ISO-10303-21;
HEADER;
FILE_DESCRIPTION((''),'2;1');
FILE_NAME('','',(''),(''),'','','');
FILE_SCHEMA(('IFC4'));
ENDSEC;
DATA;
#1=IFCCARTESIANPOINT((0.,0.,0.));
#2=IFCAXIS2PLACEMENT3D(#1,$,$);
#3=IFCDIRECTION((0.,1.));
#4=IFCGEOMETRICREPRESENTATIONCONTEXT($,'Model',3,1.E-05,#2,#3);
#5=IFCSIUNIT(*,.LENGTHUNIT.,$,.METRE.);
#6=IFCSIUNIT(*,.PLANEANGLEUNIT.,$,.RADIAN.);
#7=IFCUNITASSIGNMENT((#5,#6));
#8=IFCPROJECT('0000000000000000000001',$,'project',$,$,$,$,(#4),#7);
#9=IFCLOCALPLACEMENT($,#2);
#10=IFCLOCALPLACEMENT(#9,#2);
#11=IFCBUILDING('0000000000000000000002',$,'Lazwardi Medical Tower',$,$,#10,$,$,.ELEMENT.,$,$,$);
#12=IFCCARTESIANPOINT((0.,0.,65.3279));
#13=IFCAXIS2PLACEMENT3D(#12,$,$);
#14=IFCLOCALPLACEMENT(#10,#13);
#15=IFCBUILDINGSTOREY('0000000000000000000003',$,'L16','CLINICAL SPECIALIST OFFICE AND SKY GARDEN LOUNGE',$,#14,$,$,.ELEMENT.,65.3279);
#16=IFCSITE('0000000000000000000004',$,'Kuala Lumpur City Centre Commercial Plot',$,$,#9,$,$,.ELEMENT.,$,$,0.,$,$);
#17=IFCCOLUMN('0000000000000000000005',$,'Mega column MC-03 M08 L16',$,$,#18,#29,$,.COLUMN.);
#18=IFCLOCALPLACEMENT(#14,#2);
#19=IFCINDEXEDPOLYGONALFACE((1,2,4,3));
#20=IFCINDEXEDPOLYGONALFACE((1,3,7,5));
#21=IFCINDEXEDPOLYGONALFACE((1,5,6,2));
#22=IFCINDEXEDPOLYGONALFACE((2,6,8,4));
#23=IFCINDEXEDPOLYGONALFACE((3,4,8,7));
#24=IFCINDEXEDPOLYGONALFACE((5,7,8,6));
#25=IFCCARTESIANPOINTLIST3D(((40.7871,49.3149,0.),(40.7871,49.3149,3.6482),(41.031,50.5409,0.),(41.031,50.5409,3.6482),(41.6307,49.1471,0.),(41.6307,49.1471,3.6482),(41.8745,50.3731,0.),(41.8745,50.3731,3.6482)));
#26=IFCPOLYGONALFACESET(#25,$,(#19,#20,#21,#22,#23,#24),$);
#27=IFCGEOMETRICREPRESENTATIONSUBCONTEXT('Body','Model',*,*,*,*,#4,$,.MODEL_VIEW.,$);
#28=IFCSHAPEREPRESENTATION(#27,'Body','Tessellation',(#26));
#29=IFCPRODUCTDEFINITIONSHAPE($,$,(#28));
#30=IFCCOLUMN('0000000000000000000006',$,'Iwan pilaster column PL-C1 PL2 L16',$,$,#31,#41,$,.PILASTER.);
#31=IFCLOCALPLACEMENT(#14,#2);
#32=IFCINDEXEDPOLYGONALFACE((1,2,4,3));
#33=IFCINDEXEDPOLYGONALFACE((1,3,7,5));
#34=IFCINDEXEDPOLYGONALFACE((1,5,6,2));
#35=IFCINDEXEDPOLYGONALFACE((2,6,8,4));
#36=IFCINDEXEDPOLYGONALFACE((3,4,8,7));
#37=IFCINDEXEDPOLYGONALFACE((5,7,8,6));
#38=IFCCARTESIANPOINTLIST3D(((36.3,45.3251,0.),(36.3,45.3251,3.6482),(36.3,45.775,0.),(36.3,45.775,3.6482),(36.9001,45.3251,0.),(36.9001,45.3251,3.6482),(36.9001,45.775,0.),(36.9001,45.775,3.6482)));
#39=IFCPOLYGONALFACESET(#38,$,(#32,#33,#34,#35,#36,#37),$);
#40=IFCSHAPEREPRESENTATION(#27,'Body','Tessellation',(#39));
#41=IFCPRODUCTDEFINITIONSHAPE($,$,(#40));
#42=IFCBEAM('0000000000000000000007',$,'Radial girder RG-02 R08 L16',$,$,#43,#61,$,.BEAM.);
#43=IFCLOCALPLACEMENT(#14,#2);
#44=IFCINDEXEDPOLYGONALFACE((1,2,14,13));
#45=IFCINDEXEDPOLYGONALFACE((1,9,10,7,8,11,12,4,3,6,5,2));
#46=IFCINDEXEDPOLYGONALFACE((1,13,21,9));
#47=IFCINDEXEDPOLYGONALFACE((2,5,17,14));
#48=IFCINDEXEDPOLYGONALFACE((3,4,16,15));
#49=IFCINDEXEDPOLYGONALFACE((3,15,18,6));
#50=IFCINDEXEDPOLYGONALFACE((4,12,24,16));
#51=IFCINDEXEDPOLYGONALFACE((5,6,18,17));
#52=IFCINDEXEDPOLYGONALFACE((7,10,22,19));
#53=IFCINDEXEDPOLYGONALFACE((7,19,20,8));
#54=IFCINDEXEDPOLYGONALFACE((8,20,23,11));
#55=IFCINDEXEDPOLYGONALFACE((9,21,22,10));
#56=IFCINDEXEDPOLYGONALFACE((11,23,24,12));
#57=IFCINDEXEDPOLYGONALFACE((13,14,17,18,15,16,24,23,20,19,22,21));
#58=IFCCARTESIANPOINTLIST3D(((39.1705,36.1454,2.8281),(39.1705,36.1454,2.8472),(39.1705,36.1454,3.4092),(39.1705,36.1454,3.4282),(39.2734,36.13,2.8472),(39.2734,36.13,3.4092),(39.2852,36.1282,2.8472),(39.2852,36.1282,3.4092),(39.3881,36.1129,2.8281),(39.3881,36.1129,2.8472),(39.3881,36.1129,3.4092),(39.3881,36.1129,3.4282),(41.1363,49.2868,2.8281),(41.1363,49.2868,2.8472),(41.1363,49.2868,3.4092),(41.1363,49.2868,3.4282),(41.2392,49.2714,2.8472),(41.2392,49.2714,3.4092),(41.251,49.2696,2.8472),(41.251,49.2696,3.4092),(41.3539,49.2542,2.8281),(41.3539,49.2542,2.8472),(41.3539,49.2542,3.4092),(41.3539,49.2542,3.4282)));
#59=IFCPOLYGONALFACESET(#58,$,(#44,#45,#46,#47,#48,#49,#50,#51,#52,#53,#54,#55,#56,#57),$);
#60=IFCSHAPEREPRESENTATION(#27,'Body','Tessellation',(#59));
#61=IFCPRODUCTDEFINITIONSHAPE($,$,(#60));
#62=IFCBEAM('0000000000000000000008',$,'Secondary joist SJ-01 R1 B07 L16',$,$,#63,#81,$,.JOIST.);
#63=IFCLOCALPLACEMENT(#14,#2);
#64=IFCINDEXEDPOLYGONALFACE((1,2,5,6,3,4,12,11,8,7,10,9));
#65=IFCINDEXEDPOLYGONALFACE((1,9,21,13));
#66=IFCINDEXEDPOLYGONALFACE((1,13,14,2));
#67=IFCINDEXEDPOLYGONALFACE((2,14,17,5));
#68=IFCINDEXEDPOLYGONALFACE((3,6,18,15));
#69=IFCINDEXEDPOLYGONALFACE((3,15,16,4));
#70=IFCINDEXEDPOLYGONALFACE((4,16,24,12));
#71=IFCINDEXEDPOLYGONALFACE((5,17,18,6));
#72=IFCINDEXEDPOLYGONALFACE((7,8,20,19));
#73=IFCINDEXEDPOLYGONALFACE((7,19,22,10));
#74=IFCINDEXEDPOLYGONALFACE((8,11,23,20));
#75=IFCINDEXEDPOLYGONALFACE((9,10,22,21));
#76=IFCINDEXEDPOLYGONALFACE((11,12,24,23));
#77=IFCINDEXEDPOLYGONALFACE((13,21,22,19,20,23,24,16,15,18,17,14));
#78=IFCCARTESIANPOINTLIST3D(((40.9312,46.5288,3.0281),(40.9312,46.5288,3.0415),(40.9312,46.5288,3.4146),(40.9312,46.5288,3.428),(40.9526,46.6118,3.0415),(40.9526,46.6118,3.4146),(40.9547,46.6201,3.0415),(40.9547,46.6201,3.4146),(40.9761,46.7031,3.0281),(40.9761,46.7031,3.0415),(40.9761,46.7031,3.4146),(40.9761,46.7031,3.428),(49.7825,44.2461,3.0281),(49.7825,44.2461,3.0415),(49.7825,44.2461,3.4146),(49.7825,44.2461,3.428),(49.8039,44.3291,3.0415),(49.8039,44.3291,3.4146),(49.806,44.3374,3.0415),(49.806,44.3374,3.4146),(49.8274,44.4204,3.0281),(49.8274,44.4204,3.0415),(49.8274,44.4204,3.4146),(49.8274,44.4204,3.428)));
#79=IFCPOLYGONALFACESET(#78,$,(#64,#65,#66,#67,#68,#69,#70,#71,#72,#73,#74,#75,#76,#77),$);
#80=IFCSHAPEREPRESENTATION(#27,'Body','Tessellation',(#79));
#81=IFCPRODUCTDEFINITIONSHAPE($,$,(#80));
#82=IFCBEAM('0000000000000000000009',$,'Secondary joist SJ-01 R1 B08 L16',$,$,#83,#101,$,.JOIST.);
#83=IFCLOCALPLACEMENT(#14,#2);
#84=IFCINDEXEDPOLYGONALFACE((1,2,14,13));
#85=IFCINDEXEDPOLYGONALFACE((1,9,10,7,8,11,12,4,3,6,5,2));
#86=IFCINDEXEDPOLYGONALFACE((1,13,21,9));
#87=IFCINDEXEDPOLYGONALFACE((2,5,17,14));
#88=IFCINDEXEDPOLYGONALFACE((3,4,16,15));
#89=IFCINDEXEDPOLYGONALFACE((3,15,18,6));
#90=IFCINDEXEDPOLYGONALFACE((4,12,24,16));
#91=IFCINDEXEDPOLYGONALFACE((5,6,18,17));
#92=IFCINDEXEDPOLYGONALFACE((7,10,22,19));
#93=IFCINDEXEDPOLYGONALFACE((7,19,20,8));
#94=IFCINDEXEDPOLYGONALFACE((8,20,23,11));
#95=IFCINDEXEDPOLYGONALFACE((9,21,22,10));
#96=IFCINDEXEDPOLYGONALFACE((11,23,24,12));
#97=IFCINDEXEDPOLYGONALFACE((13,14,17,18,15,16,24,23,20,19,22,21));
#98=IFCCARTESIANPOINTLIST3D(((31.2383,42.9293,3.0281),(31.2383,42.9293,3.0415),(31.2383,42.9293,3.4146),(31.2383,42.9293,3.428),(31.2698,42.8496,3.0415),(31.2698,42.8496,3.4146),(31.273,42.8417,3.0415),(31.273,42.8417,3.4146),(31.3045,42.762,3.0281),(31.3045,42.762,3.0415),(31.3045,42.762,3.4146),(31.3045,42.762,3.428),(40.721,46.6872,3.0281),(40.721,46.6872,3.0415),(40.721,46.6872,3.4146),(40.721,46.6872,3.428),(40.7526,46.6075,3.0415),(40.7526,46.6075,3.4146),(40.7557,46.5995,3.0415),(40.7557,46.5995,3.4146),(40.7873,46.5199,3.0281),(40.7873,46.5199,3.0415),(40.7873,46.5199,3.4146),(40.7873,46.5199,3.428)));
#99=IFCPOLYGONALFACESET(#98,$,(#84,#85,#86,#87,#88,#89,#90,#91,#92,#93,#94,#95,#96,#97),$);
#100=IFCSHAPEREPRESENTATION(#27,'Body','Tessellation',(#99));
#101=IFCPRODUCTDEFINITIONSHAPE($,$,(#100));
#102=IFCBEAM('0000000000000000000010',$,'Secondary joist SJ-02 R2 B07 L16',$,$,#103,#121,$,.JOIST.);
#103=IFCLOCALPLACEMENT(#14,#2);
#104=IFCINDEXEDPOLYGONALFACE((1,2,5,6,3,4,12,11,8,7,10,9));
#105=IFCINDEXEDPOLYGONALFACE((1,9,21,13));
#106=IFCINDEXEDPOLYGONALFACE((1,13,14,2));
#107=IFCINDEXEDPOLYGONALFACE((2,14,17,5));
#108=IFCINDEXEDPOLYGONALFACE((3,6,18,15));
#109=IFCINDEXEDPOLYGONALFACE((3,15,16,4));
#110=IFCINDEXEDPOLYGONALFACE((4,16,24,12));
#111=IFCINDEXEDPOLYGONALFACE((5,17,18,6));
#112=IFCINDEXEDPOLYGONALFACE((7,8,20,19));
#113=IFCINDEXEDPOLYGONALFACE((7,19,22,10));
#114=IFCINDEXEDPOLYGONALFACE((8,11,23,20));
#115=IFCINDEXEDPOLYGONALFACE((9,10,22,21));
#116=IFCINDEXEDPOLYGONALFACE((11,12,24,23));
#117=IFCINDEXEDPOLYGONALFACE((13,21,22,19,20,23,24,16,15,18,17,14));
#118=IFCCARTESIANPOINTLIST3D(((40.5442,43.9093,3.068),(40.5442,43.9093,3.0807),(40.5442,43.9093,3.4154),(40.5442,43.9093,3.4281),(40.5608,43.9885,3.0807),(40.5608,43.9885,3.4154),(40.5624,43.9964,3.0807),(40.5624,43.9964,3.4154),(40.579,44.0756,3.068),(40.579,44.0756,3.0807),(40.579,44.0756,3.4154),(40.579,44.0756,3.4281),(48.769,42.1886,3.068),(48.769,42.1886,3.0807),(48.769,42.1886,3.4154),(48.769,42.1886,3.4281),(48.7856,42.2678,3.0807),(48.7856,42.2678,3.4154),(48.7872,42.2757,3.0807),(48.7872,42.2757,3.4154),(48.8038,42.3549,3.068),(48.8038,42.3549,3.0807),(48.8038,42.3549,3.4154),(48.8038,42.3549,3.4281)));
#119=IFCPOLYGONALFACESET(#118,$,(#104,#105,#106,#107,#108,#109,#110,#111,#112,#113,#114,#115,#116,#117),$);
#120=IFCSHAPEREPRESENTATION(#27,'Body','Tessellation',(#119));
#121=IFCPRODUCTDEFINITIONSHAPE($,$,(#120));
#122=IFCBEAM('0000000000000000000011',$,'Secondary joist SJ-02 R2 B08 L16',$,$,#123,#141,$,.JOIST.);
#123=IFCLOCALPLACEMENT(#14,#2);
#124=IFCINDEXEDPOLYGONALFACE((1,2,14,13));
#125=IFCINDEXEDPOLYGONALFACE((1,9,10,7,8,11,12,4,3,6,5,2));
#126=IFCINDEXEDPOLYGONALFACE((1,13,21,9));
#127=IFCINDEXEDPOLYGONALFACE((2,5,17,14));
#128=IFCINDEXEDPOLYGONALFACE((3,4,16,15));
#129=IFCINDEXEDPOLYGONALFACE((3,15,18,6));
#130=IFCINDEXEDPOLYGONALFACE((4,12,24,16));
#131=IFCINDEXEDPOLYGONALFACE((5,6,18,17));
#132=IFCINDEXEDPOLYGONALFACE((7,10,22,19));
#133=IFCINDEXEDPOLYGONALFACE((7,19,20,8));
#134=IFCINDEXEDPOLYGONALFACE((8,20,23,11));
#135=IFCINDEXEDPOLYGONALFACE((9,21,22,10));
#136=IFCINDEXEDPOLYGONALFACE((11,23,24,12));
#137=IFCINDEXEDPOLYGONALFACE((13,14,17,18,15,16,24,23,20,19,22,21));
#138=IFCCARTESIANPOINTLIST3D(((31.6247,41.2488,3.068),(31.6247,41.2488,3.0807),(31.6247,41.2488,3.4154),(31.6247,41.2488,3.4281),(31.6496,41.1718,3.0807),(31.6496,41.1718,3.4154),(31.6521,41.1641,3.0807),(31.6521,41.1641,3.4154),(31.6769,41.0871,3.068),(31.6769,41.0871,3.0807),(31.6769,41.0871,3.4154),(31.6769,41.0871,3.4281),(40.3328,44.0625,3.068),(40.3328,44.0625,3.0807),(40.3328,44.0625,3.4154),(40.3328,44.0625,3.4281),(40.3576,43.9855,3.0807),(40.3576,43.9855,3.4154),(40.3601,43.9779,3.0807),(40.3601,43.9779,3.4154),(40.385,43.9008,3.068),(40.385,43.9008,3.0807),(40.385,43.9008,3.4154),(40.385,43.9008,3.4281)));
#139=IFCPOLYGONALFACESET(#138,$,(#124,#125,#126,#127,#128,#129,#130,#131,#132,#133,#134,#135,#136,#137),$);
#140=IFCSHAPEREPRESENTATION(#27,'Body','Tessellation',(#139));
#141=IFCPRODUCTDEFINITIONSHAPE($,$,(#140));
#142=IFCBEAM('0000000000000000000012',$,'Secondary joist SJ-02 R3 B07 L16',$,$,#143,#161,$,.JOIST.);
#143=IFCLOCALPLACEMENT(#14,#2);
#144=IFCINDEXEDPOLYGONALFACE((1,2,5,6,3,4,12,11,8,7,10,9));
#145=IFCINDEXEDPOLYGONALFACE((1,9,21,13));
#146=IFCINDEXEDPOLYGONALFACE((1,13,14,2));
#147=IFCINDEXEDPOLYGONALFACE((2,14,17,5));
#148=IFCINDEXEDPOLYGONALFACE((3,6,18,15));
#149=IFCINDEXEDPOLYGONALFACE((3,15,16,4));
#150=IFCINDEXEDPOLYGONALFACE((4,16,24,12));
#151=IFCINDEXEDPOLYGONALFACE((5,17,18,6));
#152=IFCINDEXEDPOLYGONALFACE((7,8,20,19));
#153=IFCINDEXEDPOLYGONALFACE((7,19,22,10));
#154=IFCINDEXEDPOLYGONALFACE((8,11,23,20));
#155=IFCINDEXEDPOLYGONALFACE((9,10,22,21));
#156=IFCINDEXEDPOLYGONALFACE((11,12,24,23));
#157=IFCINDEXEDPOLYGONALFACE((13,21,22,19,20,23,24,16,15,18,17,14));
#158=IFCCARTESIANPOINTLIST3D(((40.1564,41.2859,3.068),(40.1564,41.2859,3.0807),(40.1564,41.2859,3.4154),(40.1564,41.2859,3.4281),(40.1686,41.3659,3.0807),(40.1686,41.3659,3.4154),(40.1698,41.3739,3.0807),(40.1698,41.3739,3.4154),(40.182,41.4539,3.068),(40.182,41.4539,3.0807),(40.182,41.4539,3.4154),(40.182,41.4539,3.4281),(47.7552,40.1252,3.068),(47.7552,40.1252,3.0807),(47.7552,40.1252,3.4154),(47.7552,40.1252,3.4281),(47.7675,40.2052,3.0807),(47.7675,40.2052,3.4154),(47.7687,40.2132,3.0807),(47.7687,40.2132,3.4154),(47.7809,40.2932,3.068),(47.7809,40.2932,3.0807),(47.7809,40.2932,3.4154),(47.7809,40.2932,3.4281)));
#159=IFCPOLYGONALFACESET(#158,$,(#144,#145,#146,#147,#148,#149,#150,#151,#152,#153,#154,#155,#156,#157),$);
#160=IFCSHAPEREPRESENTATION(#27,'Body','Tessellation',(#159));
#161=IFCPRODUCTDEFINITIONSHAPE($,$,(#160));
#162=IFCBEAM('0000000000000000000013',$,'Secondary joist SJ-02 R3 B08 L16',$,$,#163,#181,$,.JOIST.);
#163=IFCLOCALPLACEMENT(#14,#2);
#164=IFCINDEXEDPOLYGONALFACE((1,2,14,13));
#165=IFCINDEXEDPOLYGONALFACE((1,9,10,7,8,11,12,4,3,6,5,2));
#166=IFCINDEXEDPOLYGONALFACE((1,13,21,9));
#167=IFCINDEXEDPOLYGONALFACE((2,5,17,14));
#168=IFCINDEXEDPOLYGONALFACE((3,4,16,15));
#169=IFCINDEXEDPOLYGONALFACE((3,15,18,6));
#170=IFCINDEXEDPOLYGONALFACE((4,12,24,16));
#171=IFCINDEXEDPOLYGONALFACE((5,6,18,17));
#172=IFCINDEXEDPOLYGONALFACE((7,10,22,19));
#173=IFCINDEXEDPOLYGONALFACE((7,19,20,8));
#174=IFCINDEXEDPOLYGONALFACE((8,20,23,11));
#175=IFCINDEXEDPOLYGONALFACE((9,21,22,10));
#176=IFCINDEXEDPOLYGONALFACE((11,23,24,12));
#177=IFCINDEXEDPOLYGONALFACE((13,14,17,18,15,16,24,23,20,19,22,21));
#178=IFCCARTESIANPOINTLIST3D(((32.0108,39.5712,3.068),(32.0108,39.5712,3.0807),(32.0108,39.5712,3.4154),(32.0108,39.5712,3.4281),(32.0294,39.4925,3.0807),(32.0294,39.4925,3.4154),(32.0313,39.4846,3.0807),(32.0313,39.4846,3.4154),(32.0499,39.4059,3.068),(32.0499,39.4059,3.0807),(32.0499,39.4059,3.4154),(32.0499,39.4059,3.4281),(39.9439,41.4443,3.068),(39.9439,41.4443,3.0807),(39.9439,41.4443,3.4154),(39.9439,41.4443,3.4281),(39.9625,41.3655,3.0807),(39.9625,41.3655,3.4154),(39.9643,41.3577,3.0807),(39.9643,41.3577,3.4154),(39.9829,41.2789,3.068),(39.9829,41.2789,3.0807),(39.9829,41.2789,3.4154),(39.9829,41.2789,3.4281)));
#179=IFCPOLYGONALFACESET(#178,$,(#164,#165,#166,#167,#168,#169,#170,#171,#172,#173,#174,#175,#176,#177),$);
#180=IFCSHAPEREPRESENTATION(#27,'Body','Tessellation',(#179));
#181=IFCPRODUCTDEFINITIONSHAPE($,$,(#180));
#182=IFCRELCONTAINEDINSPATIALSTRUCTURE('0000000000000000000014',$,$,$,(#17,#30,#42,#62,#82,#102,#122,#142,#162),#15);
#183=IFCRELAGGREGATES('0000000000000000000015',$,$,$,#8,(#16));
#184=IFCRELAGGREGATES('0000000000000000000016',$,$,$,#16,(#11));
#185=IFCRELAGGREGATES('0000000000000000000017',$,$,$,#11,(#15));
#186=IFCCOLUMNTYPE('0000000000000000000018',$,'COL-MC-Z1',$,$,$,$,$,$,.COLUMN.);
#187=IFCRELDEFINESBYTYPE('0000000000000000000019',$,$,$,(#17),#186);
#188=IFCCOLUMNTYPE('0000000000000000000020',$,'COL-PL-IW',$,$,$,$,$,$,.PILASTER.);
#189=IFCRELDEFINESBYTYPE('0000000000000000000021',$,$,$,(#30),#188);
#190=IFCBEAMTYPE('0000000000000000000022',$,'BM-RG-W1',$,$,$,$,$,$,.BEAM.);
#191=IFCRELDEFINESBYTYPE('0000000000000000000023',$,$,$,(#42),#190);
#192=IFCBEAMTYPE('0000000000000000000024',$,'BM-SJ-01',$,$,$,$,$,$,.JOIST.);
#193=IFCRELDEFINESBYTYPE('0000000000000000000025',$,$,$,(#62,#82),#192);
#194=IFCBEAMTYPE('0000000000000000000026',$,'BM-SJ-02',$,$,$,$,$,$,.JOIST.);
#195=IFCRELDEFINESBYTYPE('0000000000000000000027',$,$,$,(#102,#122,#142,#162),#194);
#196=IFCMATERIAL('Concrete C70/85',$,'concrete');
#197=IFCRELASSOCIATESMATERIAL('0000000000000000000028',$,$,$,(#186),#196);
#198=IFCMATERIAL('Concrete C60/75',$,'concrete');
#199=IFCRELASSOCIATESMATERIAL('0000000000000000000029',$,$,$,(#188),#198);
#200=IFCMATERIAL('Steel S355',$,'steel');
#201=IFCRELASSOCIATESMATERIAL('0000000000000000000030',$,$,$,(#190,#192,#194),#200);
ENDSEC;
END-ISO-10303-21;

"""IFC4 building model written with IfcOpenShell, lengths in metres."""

from ifc_helpers import new_model, si_unit, direction, frame, origin, origin_2d, place, context, subcontext, project, spatial, rectangle, i_section, extrude, material, material_profile, profile_set, type_object, element, save


model = new_model("IFC4")

# Units and contexts
model_context = context("Model", 3, precision=1e-05, world=origin(), true_north=direction((0.0, 1.0)))
body_context = subcontext(model_context, "Body", "Model", "MODEL_VIEW")
ifc_project = project(units=[si_unit("LENGTHUNIT", "METRE"), si_unit("PLANEANGLEUNIT", "RADIAN")], contexts=[model_context])

# Site, building, storey
site_placement = place(None, origin())
site = spatial("IfcSite", under=ifc_project, at=site_placement, Name="Kuala Lumpur City Centre Commercial Plot", CompositionType="ELEMENT", RefElevation=0.0)
building_placement = place(site_placement, origin())
building = spatial("IfcBuilding", under=site, at=building_placement, Name="Lazwardi Medical Tower", CompositionType="ELEMENT")
storey_placement = place(building_placement, frame((0.0, 0.0, 65.3279)))
storey = spatial("IfcBuildingStorey", under=building, at=storey_placement, Name="L16", Description="CLINICAL SPECIALIST OFFICE AND SKY GARDEN LOUNGE", CompositionType="ELEMENT", Elevation=65.3279)

# Columns
ifc_material_1 = material(Name="Concrete C70/85", Category="concrete")
ifc_material_profile_1 = material_profile(ifc_material_1, rectangle(XDim=1.25, YDim=0.8601, at=origin_2d()), Name="CFT-RECT 1250x860")
ifc_profile_set_1 = profile_set([ifc_material_profile_1], Name="Concrete C70/85")
column_type_1 = type_object("IfcColumnType", Name="COL-MC-Z1", PredefinedType="COLUMN", material=ifc_profile_set_1)
column_1_placement = place(storey_placement, frame((41.3308, 49.844, 0.0), z_axis=(0.0, 0.0, 1.0), x_axis=(0.19509, 0.980785, 0.0)))
element("IfcColumn", 1, at=column_1_placement, inside=storey, type_object=column_type_1, Name="Mega column MC-03 M08 L16", PredefinedType="COLUMN", context=body_context, shape_type="SweptSolid", body=[
    extrude(rectangle(XDim=1.25, YDim=0.8601, at=origin_2d()), origin(), (0.0, 0.0, 1.0), 3.6482),
])
ifc_material_2 = material(Name="Concrete C60/75", Category="concrete")
ifc_material_profile_2 = material_profile(ifc_material_2, rectangle(XDim=0.6001, YDim=0.45, at=origin_2d()), Name="RC 600x450")
ifc_profile_set_2 = profile_set([ifc_material_profile_2], Name="Concrete C60/75")
column_type_2 = type_object("IfcColumnType", Name="COL-PL-IW", PredefinedType="PILASTER", material=ifc_profile_set_2)
column_2_placement = place(storey_placement, frame((36.6001, 45.55, 0.0), z_axis=(0.0, 0.0, 1.0), x_axis=(1.0, 0.0, 0.0)))
element("IfcColumn", 2, at=column_2_placement, inside=storey, type_object=column_type_2, Name="Iwan pilaster column PL-C1 PL2 L16", PredefinedType="PILASTER", context=body_context, shape_type="SweptSolid", body=[
    extrude(rectangle(XDim=0.6001, YDim=0.45, at=origin_2d()), origin(), (0.0, 0.0, 1.0), 3.6482),
])

# Beams
ifc_material_3 = material(Name="Steel S355", Category="steel")
ifc_material_profile_3 = material_profile(ifc_material_3, i_section(OverallWidth=0.22, OverallDepth=0.6001, WebThickness=0.012, FlangeThickness=0.019, at=origin_2d()), Name="IPE 600")
ifc_profile_set_3 = profile_set([ifc_material_profile_3], Name="Steel S355")
beam_type_1 = type_object("IfcBeamType", Name="BM-RG-W1", PredefinedType="BEAM", material=ifc_profile_set_3)
beam_1_placement = place(storey_placement, frame((41.2451, 49.2705, 3.1282), z_axis=(-0.147944, -0.988996, 0.0), x_axis=(0.988996, -0.147944, 0.0)))
element("IfcBeam", 3, at=beam_1_placement, inside=storey, type_object=beam_type_1, Name="Radial girder RG-02 R08 L16", PredefinedType="BEAM", context=body_context, shape_type="SweptSolid", body=[
    extrude(i_section(OverallWidth=0.22, OverallDepth=0.6001, WebThickness=0.012, FlangeThickness=0.019, at=origin_2d()), origin(), (0.0, 0.0, 1.0), 13.2876),
])
ifc_material_profile_4 = material_profile(ifc_material_3, i_section(OverallWidth=0.1799, OverallDepth=0.3999, WebThickness=0.0085, FlangeThickness=0.0134, at=origin_2d()), Name="IPE 400")
ifc_profile_set_4 = profile_set([ifc_material_profile_4], Name="Steel S355")
beam_type_2 = type_object("IfcBeamType", Name="BM-SJ-01", PredefinedType="JOIST", material=ifc_profile_set_4)
beam_2_placement = place(storey_placement, frame((49.8049, 44.3333, 3.228), z_axis=(-0.968317, 0.249725, 0.0), x_axis=(-0.249725, -0.968317, 0.0)))
element("IfcBeam", 4, at=beam_2_placement, inside=storey, type_object=beam_type_2, Name="Secondary joist SJ-01 R1 B07 L16", PredefinedType="JOIST", context=body_context, shape_type="SweptSolid", body=[
    extrude(i_section(OverallWidth=0.1799, OverallDepth=0.3999, WebThickness=0.0085, FlangeThickness=0.0134, at=origin_2d()), origin(), (0.0, 0.0, 1.0), 9.1409),
])
beam_3_placement = place(storey_placement, frame((40.7542, 46.6035, 3.228), z_axis=(-0.929664, -0.368409, 0.0), x_axis=(0.368409, -0.929664, 0.0)))
element("IfcBeam", 5, at=beam_3_placement, inside=storey, type_object=beam_type_2, Name="Secondary joist SJ-01 R1 B08 L16", PredefinedType="JOIST", context=body_context, shape_type="SweptSolid", body=[
    extrude(i_section(OverallWidth=0.1799, OverallDepth=0.3999, WebThickness=0.0085, FlangeThickness=0.0134, at=origin_2d()), origin(), (0.0, 0.0, 1.0), 10.2002),
])
ifc_material_profile_5 = material_profile(ifc_material_3, i_section(OverallWidth=0.1699, OverallDepth=0.3601, WebThickness=0.0081, FlangeThickness=0.0127, at=origin_2d()), Name="IPE 360")
ifc_profile_set_5 = profile_set([ifc_material_profile_5], Name="Steel S355")
beam_type_3 = type_object("IfcBeamType", Name="BM-SJ-02", PredefinedType="JOIST", material=ifc_profile_set_5)
beam_4_placement = place(storey_placement, frame((48.7864, 42.2717, 3.248), z_axis=(-0.978809, 0.204774, 0.0), x_axis=(-0.204774, -0.978809, 0.0)))
element("IfcBeam", 6, at=beam_4_placement, inside=storey, type_object=beam_type_3, Name="Secondary joist SJ-02 R2 B07 L16", PredefinedType="JOIST", context=body_context, shape_type="SweptSolid", body=[
    extrude(i_section(OverallWidth=0.1699, OverallDepth=0.3601, WebThickness=0.0081, FlangeThickness=0.0127, at=origin_2d()), origin(), (0.0, 0.0, 1.0), 8.4028),
])
beam_5_placement = place(storey_placement, frame((40.3589, 43.9817, 3.248), z_axis=(-0.951559, -0.307467, 0.0), x_axis=(0.307467, -0.951559, 0.0)))
element("IfcBeam", 7, at=beam_5_placement, inside=storey, type_object=beam_type_3, Name="Secondary joist SJ-02 R2 B08 L16", PredefinedType="JOIST", context=body_context, shape_type="SweptSolid", body=[
    extrude(i_section(OverallWidth=0.1699, OverallDepth=0.3601, WebThickness=0.0081, FlangeThickness=0.0127, at=origin_2d()), origin(), (0.0, 0.0, 1.0), 9.1514),
])
beam_6_placement = place(storey_placement, frame((47.7681, 40.2092, 3.248), z_axis=(-0.988536, 0.150988, 0.0), x_axis=(-0.150988, -0.988536, 0.0)))
element("IfcBeam", 8, at=beam_6_placement, inside=storey, type_object=beam_type_3, Name="Secondary joist SJ-02 R3 B07 L16", PredefinedType="JOIST", context=body_context, shape_type="SweptSolid", body=[
    extrude(i_section(OverallWidth=0.1699, OverallDepth=0.3601, WebThickness=0.0081, FlangeThickness=0.0127, at=origin_2d()), origin(), (0.0, 0.0, 1.0), 7.687),
])
beam_7_placement = place(storey_placement, frame((39.9634, 41.3616, 3.248), z_axis=(-0.973241, -0.229787, 0.0), x_axis=(0.229787, -0.973241, 0.0)))
element("IfcBeam", 9, at=beam_7_placement, inside=storey, type_object=beam_type_3, Name="Secondary joist SJ-02 R3 B08 L16", PredefinedType="JOIST", context=body_context, shape_type="SweptSolid", body=[
    extrude(i_section(OverallWidth=0.1699, OverallDepth=0.3601, WebThickness=0.0081, FlangeThickness=0.0127, at=origin_2d()), origin(), (0.0, 0.0, 1.0), 8.1511),
])

save(model, "model.ifc")
